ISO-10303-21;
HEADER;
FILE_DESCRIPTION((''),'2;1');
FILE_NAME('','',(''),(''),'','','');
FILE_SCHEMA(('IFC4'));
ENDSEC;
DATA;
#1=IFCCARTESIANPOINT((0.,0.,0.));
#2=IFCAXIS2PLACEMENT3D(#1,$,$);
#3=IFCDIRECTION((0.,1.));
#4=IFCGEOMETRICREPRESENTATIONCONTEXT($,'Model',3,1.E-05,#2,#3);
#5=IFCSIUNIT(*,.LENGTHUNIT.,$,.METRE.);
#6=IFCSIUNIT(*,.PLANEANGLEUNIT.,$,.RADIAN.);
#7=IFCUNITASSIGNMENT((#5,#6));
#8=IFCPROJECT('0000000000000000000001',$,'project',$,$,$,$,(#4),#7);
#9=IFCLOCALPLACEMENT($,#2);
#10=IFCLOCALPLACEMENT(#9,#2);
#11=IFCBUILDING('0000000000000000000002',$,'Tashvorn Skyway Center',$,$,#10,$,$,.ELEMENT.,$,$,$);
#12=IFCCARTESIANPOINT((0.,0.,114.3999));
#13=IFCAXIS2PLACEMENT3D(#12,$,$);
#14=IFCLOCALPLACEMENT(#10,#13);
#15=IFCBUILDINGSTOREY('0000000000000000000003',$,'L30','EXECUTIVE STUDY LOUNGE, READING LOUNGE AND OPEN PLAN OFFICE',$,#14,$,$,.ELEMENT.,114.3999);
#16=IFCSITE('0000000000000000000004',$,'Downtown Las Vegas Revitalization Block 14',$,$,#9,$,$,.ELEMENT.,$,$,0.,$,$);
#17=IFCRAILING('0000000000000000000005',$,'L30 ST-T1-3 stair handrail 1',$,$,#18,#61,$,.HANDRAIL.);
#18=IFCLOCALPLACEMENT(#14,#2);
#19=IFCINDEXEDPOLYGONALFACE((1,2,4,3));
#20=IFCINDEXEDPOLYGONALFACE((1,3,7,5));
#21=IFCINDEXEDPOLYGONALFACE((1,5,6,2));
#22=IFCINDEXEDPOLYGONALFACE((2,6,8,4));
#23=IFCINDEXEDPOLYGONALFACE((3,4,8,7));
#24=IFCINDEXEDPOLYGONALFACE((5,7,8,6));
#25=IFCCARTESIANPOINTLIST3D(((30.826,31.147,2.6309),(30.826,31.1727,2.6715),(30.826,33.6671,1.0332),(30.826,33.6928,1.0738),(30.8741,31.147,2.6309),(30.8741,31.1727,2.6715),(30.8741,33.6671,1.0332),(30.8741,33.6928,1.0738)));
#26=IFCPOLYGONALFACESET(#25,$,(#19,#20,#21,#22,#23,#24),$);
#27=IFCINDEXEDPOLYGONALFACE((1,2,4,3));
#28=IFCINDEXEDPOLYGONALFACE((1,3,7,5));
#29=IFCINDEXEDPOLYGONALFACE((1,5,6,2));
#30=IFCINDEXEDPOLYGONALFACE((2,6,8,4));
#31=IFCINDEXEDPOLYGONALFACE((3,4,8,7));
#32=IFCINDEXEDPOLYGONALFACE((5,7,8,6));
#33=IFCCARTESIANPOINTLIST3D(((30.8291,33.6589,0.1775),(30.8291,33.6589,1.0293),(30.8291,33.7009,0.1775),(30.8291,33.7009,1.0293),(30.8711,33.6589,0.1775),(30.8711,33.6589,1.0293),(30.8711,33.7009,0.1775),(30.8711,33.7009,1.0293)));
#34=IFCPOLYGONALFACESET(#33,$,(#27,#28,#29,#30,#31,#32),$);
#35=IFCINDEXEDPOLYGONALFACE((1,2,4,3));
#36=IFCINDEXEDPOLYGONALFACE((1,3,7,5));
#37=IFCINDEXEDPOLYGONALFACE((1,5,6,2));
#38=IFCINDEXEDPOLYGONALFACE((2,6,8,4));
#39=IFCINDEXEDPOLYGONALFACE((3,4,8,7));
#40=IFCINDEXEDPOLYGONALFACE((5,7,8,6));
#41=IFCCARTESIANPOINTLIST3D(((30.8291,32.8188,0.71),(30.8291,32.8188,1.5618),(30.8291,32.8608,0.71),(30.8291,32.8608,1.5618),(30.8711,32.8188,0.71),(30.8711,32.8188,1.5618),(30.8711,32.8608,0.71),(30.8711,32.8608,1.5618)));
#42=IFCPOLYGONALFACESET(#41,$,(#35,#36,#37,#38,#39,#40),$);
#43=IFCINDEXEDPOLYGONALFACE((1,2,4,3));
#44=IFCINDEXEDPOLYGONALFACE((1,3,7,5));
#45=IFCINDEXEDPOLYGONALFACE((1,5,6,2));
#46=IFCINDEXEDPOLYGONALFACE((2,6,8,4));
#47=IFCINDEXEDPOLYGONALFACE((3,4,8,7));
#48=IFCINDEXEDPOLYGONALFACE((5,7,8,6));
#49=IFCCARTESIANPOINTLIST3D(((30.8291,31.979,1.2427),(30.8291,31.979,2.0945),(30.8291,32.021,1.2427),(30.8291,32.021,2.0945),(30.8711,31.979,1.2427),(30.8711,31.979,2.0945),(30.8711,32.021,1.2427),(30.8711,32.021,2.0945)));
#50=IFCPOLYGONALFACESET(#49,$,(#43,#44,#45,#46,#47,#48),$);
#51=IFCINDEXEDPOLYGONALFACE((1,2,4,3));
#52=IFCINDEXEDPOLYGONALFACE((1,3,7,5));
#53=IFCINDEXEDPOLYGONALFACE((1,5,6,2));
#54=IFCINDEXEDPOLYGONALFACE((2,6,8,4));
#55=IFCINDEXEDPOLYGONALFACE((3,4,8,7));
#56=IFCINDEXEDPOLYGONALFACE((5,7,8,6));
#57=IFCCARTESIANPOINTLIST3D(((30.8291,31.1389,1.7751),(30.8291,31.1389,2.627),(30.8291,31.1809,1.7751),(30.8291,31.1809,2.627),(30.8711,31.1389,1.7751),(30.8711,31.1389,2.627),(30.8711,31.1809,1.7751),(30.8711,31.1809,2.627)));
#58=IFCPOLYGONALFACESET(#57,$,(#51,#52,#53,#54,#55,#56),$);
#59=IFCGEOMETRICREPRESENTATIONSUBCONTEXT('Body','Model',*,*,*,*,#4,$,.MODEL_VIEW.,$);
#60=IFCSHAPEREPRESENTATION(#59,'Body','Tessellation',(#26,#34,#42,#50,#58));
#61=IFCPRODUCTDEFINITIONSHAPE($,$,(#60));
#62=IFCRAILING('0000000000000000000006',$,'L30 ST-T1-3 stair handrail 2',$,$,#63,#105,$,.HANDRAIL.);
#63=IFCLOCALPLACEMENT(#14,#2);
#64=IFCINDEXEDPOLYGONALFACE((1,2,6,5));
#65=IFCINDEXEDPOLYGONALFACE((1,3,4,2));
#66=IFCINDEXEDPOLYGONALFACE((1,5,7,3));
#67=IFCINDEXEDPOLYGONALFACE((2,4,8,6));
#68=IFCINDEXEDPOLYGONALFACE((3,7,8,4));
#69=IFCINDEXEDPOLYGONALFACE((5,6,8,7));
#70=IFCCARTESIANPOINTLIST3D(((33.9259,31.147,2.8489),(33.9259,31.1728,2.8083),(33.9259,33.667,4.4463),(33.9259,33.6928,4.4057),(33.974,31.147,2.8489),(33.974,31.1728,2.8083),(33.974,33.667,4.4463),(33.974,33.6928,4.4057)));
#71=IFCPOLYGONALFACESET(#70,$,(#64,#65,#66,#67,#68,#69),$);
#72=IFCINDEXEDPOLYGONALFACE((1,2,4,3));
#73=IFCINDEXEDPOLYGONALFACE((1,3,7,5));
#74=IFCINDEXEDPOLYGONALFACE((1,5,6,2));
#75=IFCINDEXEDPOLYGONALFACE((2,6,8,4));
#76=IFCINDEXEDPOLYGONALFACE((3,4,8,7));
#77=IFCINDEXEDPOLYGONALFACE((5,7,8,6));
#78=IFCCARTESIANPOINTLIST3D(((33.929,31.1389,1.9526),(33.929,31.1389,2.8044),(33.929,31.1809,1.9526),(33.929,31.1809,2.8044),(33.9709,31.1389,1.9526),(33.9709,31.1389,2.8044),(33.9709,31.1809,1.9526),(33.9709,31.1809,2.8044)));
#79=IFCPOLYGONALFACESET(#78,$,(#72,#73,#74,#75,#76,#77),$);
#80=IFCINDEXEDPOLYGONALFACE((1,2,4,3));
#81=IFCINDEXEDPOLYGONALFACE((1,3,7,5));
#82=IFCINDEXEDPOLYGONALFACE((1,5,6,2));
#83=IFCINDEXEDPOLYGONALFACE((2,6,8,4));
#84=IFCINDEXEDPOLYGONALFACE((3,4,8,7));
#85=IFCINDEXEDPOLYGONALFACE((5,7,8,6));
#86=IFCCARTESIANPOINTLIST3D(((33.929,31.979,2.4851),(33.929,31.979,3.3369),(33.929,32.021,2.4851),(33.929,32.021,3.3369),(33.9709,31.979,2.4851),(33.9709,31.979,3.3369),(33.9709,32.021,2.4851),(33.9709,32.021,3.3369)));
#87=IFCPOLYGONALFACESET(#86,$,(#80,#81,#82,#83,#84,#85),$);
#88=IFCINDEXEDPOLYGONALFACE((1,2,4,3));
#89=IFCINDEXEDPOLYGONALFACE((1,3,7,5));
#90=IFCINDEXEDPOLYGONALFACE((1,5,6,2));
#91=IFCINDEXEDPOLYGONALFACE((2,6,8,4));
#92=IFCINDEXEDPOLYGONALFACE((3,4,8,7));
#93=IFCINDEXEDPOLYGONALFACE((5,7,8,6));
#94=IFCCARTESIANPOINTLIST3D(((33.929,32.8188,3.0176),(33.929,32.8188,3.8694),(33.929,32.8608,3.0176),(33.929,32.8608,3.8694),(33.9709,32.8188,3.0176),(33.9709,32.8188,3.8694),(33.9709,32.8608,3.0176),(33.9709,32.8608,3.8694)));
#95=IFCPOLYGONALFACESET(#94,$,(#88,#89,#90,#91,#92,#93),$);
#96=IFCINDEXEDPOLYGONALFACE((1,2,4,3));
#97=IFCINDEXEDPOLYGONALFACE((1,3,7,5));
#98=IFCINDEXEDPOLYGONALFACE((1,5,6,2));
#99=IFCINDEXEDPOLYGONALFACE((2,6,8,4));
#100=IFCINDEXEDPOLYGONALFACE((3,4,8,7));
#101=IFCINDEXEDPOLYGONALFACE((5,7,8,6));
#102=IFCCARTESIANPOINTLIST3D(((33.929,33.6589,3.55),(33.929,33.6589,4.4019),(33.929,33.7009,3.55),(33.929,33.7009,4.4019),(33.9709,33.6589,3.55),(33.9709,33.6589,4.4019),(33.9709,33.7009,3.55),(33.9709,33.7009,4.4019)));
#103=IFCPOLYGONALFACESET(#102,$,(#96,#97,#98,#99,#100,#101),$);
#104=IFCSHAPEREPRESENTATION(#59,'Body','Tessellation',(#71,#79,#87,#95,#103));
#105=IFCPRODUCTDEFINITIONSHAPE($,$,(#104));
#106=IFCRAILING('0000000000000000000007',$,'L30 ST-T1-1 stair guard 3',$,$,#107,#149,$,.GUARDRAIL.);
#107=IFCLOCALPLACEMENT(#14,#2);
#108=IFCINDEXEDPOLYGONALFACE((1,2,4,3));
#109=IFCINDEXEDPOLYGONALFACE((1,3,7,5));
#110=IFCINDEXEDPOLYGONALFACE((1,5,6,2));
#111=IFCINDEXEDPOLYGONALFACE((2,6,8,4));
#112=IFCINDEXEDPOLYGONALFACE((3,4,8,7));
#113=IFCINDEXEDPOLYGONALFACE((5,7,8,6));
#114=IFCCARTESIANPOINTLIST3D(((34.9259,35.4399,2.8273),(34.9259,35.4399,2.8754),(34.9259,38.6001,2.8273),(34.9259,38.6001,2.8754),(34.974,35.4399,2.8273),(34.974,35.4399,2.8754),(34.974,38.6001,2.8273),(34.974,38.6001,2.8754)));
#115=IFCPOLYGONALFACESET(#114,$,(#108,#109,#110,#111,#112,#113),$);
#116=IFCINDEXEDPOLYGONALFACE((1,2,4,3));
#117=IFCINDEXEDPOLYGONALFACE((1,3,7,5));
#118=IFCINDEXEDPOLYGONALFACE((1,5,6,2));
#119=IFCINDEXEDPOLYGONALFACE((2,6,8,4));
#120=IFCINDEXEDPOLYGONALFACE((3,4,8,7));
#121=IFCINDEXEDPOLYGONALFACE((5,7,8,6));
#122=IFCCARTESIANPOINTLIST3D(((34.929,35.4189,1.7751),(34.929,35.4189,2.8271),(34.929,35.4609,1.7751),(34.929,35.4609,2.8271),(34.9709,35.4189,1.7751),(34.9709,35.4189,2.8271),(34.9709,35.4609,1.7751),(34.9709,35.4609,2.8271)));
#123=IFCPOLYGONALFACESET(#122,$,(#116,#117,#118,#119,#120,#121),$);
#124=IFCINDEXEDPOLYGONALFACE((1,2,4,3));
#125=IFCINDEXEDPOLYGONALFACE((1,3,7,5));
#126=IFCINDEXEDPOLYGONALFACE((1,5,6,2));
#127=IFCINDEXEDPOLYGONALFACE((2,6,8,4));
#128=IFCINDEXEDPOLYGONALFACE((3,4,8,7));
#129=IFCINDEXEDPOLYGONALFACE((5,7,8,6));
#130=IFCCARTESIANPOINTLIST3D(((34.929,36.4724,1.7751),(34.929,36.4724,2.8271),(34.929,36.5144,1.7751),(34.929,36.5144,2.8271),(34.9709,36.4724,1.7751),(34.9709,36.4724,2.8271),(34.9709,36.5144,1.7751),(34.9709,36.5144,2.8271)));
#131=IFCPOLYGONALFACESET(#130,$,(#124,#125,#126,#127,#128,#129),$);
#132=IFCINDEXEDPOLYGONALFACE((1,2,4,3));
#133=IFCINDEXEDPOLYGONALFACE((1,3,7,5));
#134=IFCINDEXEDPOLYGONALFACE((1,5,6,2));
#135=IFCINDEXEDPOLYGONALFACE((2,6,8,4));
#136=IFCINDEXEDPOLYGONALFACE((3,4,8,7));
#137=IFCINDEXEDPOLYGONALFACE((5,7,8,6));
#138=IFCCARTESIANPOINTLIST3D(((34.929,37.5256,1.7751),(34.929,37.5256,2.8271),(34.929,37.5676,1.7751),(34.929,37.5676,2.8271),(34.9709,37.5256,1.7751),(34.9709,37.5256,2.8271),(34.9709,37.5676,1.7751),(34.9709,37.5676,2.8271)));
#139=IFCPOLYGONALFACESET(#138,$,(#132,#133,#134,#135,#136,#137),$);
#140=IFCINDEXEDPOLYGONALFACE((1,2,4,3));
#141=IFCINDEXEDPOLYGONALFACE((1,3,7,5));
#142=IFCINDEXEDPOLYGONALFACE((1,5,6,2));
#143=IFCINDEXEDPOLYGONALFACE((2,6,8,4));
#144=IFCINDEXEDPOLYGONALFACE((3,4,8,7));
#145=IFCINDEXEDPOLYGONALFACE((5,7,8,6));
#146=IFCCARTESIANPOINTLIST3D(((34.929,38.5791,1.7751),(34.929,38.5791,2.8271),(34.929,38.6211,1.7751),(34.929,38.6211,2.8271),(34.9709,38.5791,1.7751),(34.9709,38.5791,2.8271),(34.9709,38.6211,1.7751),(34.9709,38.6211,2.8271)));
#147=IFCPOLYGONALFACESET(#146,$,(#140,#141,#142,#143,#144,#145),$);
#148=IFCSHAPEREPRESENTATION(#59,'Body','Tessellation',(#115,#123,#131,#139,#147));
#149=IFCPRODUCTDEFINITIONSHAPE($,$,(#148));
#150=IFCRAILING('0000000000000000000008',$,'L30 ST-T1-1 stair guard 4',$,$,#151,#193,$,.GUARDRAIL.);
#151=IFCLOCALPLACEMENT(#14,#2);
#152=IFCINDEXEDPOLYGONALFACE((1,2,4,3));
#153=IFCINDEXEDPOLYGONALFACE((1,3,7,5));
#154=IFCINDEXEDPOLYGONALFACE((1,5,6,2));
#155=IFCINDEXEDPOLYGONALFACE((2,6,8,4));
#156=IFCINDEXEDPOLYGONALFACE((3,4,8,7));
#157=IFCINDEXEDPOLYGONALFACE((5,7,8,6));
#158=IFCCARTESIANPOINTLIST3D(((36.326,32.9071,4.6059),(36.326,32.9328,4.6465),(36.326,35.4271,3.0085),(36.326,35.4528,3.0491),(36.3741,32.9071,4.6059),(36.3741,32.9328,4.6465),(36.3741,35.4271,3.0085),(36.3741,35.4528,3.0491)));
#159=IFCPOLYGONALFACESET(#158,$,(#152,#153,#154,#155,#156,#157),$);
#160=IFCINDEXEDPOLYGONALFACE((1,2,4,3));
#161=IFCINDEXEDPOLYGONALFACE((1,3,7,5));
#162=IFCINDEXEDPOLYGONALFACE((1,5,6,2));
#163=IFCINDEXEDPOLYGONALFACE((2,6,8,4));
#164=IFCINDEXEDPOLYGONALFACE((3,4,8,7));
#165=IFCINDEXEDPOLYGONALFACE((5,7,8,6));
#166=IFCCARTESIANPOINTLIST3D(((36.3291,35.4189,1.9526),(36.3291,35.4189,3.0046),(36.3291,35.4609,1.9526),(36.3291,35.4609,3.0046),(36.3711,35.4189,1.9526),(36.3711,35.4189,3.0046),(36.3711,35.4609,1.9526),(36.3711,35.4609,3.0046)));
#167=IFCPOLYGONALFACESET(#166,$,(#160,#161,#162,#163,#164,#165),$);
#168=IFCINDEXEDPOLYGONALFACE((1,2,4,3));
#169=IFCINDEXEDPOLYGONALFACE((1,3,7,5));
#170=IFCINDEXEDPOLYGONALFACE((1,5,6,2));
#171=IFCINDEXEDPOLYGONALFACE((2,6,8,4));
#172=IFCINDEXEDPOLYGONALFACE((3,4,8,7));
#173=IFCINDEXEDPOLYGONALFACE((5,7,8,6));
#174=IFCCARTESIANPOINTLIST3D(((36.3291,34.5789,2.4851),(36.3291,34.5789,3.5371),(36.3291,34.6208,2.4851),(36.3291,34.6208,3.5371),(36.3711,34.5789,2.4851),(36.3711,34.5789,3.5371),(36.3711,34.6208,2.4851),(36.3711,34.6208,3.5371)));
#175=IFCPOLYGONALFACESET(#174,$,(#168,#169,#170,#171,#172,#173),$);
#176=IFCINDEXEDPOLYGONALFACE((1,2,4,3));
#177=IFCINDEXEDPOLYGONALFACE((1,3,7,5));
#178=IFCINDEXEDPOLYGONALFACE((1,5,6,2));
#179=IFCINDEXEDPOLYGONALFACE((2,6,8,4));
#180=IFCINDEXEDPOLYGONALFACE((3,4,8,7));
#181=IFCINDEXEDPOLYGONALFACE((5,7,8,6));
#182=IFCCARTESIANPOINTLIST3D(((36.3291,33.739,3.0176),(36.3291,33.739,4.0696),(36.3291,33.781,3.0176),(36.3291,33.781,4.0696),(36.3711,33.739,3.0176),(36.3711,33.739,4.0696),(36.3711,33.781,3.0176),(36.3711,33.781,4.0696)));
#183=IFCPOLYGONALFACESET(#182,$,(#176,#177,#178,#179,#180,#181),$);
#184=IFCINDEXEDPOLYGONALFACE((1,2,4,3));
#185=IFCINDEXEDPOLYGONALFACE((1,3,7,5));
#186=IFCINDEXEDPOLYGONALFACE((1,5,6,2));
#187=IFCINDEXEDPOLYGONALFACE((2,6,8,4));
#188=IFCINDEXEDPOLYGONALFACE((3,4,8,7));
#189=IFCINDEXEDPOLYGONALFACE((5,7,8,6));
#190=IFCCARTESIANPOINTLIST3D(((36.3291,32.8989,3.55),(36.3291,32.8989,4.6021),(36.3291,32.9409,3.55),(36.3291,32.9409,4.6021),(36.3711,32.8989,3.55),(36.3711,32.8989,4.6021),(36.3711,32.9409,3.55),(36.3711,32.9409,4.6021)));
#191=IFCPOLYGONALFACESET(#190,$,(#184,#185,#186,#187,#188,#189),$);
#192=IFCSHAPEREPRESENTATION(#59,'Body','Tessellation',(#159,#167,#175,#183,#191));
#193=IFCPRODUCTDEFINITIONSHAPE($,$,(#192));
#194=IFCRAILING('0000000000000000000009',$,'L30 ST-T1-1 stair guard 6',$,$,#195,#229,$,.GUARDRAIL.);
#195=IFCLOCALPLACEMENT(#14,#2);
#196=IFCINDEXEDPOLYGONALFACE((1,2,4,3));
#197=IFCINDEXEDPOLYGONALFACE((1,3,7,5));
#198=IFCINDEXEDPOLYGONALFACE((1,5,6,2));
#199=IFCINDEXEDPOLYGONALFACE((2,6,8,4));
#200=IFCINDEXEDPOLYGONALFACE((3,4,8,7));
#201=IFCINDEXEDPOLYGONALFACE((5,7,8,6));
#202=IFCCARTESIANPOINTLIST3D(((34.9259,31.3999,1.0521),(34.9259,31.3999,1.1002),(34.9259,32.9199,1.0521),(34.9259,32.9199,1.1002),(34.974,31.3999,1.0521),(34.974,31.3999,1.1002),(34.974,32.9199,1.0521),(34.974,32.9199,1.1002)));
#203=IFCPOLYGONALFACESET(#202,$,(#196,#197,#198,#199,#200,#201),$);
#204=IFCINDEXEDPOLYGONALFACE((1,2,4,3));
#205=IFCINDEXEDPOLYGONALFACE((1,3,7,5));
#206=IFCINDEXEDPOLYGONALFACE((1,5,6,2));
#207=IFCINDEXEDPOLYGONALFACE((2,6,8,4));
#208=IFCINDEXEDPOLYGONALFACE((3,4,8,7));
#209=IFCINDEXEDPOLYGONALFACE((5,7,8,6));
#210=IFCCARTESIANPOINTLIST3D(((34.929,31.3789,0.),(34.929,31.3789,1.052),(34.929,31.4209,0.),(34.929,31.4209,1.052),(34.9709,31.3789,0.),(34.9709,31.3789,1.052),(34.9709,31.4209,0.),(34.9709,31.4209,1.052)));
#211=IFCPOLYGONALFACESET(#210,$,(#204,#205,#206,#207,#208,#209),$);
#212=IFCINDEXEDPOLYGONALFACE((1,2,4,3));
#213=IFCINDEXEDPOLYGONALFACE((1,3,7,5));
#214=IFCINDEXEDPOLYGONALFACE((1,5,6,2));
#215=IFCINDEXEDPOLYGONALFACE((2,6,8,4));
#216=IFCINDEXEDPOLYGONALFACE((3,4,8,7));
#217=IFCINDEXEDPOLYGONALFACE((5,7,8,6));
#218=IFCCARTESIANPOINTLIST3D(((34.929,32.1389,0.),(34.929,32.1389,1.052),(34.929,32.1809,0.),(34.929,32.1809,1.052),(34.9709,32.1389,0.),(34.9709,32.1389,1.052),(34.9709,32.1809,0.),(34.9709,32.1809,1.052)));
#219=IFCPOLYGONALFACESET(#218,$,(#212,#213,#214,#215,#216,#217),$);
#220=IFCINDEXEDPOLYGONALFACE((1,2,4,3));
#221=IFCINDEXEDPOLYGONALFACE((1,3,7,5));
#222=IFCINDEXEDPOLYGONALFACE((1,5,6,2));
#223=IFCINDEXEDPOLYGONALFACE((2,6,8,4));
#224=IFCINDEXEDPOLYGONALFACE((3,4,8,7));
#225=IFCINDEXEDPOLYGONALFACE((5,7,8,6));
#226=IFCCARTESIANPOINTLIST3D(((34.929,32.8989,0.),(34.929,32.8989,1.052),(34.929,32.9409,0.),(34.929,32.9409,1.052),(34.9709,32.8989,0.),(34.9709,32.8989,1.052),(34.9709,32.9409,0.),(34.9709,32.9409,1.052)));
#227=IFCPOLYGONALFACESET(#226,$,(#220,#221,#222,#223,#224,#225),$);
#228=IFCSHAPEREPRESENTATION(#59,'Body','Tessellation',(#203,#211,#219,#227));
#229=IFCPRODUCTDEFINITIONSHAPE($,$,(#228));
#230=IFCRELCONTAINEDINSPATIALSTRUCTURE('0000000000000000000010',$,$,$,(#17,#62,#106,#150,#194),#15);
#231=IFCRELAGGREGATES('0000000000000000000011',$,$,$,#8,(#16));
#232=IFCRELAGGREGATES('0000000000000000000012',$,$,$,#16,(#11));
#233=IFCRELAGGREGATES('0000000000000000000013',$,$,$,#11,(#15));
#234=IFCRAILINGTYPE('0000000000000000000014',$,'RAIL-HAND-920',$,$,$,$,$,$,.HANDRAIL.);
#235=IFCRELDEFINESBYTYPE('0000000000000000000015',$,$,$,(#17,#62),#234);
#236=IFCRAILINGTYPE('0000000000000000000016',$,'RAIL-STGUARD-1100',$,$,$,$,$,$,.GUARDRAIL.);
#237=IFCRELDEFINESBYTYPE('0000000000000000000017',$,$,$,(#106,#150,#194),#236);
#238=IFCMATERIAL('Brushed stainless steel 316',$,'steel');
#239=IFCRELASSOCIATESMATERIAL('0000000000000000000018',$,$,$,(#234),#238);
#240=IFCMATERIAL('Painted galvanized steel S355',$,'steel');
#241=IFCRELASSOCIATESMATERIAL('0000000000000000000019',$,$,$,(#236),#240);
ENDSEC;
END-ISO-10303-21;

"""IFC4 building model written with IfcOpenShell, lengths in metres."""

from ifc_helpers import new_model, si_unit, direction, frame, origin, origin_2d, place, context, subcontext, project, spatial, rectangle, extrude, material, type_object, element, save


model = new_model("IFC4")

# Units and contexts
model_context = context("Model", 3, precision=1e-05, world=origin(), true_north=direction((0.0, 1.0)))
body_context = subcontext(model_context, "Body", "Model", "MODEL_VIEW")
ifc_project = project(units=[si_unit("LENGTHUNIT", "METRE"), si_unit("PLANEANGLEUNIT", "RADIAN")], contexts=[model_context])

# Site, building, storey
site_placement = place(None, origin())
site = spatial("IfcSite", under=ifc_project, at=site_placement, Name="Downtown Las Vegas Revitalization Block 14", CompositionType="ELEMENT", RefElevation=0.0)
building_placement = place(site_placement, origin())
building = spatial("IfcBuilding", under=site, at=building_placement, Name="Tashvorn Skyway Center", CompositionType="ELEMENT")
storey_placement = place(building_placement, frame((0.0, 0.0, 114.3999)))
storey = spatial("IfcBuildingStorey", under=building, at=storey_placement, Name="L30", Description="EXECUTIVE STUDY LOUNGE, READING LOUNGE AND OPEN PLAN OFFICE", CompositionType="ELEMENT", Elevation=114.3999)

# Railings
ifc_material_1 = material(Name="Brushed stainless steel 316", Category="steel")
railing_type_1 = type_object("IfcRailingType", Name="RAIL-HAND-920", PredefinedType="HANDRAIL", material=ifc_material_1)
railing_1_placement = place(storey_placement, frame((30.8501, 33.6799, 0.1775)))
element("IfcRailing", 1, at=railing_1_placement, inside=storey, type_object=railing_type_1, Name="L30 ST-T1-3 stair handrail 1", PredefinedType="HANDRAIL", context=body_context, shape_type="SweptSolid", body=[
    extrude(rectangle(XDim=0.0481, YDim=0.0481, at=origin_2d()), frame((0.0, 0.0, 0.876), z_axis=(0.0, -0.84457, 0.535445), x_axis=(1.0, 0.0, 0.0)), (0.0, 0.0, 1.0), 2.9839),
    extrude(rectangle(XDim=0.042, YDim=0.042, at=origin_2d()), origin(), (0.0, 0.0, 1.0), 0.8518),
    extrude(rectangle(XDim=0.042, YDim=0.042, at=origin_2d()), frame((0.0, -0.8401, 0.5325)), (0.0, 0.0, 1.0), 0.8518),
    extrude(rectangle(XDim=0.042, YDim=0.042, at=origin_2d()), frame((0.0, -1.6799, 1.0652)), (0.0, 0.0, 1.0), 0.8518),
    extrude(rectangle(XDim=0.042, YDim=0.042, at=origin_2d()), frame((0.0, -2.52, 1.5977)), (0.0, 0.0, 1.0), 0.8518),
])
railing_2_placement = place(storey_placement, frame((33.95, 31.1599, 1.9526)))
element("IfcRailing", 2, at=railing_2_placement, inside=storey, type_object=railing_type_1, Name="L30 ST-T1-3 stair handrail 2", PredefinedType="HANDRAIL", context=body_context, shape_type="SweptSolid", body=[
    extrude(rectangle(XDim=0.0481, YDim=0.0481, at=origin_2d()), frame((0.0, 0.0, 0.876), z_axis=(0.0, 0.844607, 0.535387), x_axis=(-1.0, 0.0, 0.0)), (0.0, 0.0, 1.0), 2.9836),
    extrude(rectangle(XDim=0.042, YDim=0.042, at=origin_2d()), origin(), (0.0, 0.0, 1.0), 0.8518),
    extrude(rectangle(XDim=0.042, YDim=0.042, at=origin_2d()), frame((0.0, 0.8401, 0.5325)), (0.0, 0.0, 1.0), 0.8518),
    extrude(rectangle(XDim=0.042, YDim=0.042, at=origin_2d()), frame((0.0, 1.6799, 1.0649)), (0.0, 0.0, 1.0), 0.8518),
    extrude(rectangle(XDim=0.042, YDim=0.042, at=origin_2d()), frame((0.0, 2.52, 1.5974)), (0.0, 0.0, 1.0), 0.8518),
])
ifc_material_2 = material(Name="Painted galvanized steel S355", Category="steel")
railing_type_2 = type_object("IfcRailingType", Name="RAIL-STGUARD-1100", PredefinedType="GUARDRAIL", material=ifc_material_2)
railing_3_placement = place(storey_placement, frame((34.95, 35.4399, 1.7751)))
element("IfcRailing", 3, at=railing_3_placement, inside=storey, type_object=railing_type_2, Name="L30 ST-T1-1 stair guard 3", PredefinedType="GUARDRAIL", context=body_context, shape_type="SweptSolid", body=[
    extrude(rectangle(XDim=0.0481, YDim=0.0481, at=origin_2d()), frame((0.0, 0.0, 1.0762), z_axis=(0.0, 1.0, 0.0), x_axis=(-1.0, 0.0, 0.0)), (0.0, 0.0, 1.0), 3.1602),
    extrude(rectangle(XDim=0.042, YDim=0.042, at=origin_2d()), origin(), (0.0, 0.0, 1.0), 1.052),
    extrude(rectangle(XDim=0.042, YDim=0.042, at=origin_2d()), frame((0.0, 1.0535, 0.0)), (0.0, 0.0, 1.0), 1.052),
    extrude(rectangle(XDim=0.042, YDim=0.042, at=origin_2d()), frame((0.0, 2.1067, 0.0)), (0.0, 0.0, 1.0), 1.052),
    extrude(rectangle(XDim=0.042, YDim=0.042, at=origin_2d()), frame((0.0, 3.1602, 0.0)), (0.0, 0.0, 1.0), 1.052),
])
railing_4_placement = place(storey_placement, frame((36.3501, 35.4399, 1.9526)))
element("IfcRailing", 4, at=railing_4_placement, inside=storey, type_object=railing_type_2, Name="L30 ST-T1-1 stair guard 4", PredefinedType="GUARDRAIL", context=body_context, shape_type="SweptSolid", body=[
    extrude(rectangle(XDim=0.0481, YDim=0.0481, at=origin_2d()), frame((0.0, 0.0, 1.0762), z_axis=(0.0, -0.844607, 0.535387), x_axis=(1.0, 0.0, 0.0)), (0.0, 0.0, 1.0), 2.9836),
    extrude(rectangle(XDim=0.042, YDim=0.042, at=origin_2d()), origin(), (0.0, 0.0, 1.0), 1.052),
    extrude(rectangle(XDim=0.042, YDim=0.042, at=origin_2d()), frame((0.0, -0.8401, 0.5325)), (0.0, 0.0, 1.0), 1.052),
    extrude(rectangle(XDim=0.042, YDim=0.042, at=origin_2d()), frame((0.0, -1.6799, 1.0649)), (0.0, 0.0, 1.0), 1.052),
    extrude(rectangle(XDim=0.042, YDim=0.042, at=origin_2d()), frame((0.0, -2.52, 1.5974)), (0.0, 0.0, 1.0), 1.052),
])
railing_5_placement = place(storey_placement, frame((34.95, 31.3999, 0.0)))
element("IfcRailing", 5, at=railing_5_placement, inside=storey, type_object=railing_type_2, Name="L30 ST-T1-1 stair guard 6", PredefinedType="GUARDRAIL", context=body_context, shape_type="SweptSolid", body=[
    extrude(rectangle(XDim=0.0481, YDim=0.0481, at=origin_2d()), frame((0.0, 0.0, 1.0762), z_axis=(0.0, 1.0, 0.0), x_axis=(-1.0, 0.0, 0.0)), (0.0, 0.0, 1.0), 1.52),
    extrude(rectangle(XDim=0.042, YDim=0.042, at=origin_2d()), origin(), (0.0, 0.0, 1.0), 1.052),
    extrude(rectangle(XDim=0.042, YDim=0.042, at=origin_2d()), frame((0.0, 0.76, 0.0)), (0.0, 0.0, 1.0), 1.052),
    extrude(rectangle(XDim=0.042, YDim=0.042, at=origin_2d()), frame((0.0, 1.52, 0.0)), (0.0, 0.0, 1.0), 1.052),
])

save(model, "model.ifc")
